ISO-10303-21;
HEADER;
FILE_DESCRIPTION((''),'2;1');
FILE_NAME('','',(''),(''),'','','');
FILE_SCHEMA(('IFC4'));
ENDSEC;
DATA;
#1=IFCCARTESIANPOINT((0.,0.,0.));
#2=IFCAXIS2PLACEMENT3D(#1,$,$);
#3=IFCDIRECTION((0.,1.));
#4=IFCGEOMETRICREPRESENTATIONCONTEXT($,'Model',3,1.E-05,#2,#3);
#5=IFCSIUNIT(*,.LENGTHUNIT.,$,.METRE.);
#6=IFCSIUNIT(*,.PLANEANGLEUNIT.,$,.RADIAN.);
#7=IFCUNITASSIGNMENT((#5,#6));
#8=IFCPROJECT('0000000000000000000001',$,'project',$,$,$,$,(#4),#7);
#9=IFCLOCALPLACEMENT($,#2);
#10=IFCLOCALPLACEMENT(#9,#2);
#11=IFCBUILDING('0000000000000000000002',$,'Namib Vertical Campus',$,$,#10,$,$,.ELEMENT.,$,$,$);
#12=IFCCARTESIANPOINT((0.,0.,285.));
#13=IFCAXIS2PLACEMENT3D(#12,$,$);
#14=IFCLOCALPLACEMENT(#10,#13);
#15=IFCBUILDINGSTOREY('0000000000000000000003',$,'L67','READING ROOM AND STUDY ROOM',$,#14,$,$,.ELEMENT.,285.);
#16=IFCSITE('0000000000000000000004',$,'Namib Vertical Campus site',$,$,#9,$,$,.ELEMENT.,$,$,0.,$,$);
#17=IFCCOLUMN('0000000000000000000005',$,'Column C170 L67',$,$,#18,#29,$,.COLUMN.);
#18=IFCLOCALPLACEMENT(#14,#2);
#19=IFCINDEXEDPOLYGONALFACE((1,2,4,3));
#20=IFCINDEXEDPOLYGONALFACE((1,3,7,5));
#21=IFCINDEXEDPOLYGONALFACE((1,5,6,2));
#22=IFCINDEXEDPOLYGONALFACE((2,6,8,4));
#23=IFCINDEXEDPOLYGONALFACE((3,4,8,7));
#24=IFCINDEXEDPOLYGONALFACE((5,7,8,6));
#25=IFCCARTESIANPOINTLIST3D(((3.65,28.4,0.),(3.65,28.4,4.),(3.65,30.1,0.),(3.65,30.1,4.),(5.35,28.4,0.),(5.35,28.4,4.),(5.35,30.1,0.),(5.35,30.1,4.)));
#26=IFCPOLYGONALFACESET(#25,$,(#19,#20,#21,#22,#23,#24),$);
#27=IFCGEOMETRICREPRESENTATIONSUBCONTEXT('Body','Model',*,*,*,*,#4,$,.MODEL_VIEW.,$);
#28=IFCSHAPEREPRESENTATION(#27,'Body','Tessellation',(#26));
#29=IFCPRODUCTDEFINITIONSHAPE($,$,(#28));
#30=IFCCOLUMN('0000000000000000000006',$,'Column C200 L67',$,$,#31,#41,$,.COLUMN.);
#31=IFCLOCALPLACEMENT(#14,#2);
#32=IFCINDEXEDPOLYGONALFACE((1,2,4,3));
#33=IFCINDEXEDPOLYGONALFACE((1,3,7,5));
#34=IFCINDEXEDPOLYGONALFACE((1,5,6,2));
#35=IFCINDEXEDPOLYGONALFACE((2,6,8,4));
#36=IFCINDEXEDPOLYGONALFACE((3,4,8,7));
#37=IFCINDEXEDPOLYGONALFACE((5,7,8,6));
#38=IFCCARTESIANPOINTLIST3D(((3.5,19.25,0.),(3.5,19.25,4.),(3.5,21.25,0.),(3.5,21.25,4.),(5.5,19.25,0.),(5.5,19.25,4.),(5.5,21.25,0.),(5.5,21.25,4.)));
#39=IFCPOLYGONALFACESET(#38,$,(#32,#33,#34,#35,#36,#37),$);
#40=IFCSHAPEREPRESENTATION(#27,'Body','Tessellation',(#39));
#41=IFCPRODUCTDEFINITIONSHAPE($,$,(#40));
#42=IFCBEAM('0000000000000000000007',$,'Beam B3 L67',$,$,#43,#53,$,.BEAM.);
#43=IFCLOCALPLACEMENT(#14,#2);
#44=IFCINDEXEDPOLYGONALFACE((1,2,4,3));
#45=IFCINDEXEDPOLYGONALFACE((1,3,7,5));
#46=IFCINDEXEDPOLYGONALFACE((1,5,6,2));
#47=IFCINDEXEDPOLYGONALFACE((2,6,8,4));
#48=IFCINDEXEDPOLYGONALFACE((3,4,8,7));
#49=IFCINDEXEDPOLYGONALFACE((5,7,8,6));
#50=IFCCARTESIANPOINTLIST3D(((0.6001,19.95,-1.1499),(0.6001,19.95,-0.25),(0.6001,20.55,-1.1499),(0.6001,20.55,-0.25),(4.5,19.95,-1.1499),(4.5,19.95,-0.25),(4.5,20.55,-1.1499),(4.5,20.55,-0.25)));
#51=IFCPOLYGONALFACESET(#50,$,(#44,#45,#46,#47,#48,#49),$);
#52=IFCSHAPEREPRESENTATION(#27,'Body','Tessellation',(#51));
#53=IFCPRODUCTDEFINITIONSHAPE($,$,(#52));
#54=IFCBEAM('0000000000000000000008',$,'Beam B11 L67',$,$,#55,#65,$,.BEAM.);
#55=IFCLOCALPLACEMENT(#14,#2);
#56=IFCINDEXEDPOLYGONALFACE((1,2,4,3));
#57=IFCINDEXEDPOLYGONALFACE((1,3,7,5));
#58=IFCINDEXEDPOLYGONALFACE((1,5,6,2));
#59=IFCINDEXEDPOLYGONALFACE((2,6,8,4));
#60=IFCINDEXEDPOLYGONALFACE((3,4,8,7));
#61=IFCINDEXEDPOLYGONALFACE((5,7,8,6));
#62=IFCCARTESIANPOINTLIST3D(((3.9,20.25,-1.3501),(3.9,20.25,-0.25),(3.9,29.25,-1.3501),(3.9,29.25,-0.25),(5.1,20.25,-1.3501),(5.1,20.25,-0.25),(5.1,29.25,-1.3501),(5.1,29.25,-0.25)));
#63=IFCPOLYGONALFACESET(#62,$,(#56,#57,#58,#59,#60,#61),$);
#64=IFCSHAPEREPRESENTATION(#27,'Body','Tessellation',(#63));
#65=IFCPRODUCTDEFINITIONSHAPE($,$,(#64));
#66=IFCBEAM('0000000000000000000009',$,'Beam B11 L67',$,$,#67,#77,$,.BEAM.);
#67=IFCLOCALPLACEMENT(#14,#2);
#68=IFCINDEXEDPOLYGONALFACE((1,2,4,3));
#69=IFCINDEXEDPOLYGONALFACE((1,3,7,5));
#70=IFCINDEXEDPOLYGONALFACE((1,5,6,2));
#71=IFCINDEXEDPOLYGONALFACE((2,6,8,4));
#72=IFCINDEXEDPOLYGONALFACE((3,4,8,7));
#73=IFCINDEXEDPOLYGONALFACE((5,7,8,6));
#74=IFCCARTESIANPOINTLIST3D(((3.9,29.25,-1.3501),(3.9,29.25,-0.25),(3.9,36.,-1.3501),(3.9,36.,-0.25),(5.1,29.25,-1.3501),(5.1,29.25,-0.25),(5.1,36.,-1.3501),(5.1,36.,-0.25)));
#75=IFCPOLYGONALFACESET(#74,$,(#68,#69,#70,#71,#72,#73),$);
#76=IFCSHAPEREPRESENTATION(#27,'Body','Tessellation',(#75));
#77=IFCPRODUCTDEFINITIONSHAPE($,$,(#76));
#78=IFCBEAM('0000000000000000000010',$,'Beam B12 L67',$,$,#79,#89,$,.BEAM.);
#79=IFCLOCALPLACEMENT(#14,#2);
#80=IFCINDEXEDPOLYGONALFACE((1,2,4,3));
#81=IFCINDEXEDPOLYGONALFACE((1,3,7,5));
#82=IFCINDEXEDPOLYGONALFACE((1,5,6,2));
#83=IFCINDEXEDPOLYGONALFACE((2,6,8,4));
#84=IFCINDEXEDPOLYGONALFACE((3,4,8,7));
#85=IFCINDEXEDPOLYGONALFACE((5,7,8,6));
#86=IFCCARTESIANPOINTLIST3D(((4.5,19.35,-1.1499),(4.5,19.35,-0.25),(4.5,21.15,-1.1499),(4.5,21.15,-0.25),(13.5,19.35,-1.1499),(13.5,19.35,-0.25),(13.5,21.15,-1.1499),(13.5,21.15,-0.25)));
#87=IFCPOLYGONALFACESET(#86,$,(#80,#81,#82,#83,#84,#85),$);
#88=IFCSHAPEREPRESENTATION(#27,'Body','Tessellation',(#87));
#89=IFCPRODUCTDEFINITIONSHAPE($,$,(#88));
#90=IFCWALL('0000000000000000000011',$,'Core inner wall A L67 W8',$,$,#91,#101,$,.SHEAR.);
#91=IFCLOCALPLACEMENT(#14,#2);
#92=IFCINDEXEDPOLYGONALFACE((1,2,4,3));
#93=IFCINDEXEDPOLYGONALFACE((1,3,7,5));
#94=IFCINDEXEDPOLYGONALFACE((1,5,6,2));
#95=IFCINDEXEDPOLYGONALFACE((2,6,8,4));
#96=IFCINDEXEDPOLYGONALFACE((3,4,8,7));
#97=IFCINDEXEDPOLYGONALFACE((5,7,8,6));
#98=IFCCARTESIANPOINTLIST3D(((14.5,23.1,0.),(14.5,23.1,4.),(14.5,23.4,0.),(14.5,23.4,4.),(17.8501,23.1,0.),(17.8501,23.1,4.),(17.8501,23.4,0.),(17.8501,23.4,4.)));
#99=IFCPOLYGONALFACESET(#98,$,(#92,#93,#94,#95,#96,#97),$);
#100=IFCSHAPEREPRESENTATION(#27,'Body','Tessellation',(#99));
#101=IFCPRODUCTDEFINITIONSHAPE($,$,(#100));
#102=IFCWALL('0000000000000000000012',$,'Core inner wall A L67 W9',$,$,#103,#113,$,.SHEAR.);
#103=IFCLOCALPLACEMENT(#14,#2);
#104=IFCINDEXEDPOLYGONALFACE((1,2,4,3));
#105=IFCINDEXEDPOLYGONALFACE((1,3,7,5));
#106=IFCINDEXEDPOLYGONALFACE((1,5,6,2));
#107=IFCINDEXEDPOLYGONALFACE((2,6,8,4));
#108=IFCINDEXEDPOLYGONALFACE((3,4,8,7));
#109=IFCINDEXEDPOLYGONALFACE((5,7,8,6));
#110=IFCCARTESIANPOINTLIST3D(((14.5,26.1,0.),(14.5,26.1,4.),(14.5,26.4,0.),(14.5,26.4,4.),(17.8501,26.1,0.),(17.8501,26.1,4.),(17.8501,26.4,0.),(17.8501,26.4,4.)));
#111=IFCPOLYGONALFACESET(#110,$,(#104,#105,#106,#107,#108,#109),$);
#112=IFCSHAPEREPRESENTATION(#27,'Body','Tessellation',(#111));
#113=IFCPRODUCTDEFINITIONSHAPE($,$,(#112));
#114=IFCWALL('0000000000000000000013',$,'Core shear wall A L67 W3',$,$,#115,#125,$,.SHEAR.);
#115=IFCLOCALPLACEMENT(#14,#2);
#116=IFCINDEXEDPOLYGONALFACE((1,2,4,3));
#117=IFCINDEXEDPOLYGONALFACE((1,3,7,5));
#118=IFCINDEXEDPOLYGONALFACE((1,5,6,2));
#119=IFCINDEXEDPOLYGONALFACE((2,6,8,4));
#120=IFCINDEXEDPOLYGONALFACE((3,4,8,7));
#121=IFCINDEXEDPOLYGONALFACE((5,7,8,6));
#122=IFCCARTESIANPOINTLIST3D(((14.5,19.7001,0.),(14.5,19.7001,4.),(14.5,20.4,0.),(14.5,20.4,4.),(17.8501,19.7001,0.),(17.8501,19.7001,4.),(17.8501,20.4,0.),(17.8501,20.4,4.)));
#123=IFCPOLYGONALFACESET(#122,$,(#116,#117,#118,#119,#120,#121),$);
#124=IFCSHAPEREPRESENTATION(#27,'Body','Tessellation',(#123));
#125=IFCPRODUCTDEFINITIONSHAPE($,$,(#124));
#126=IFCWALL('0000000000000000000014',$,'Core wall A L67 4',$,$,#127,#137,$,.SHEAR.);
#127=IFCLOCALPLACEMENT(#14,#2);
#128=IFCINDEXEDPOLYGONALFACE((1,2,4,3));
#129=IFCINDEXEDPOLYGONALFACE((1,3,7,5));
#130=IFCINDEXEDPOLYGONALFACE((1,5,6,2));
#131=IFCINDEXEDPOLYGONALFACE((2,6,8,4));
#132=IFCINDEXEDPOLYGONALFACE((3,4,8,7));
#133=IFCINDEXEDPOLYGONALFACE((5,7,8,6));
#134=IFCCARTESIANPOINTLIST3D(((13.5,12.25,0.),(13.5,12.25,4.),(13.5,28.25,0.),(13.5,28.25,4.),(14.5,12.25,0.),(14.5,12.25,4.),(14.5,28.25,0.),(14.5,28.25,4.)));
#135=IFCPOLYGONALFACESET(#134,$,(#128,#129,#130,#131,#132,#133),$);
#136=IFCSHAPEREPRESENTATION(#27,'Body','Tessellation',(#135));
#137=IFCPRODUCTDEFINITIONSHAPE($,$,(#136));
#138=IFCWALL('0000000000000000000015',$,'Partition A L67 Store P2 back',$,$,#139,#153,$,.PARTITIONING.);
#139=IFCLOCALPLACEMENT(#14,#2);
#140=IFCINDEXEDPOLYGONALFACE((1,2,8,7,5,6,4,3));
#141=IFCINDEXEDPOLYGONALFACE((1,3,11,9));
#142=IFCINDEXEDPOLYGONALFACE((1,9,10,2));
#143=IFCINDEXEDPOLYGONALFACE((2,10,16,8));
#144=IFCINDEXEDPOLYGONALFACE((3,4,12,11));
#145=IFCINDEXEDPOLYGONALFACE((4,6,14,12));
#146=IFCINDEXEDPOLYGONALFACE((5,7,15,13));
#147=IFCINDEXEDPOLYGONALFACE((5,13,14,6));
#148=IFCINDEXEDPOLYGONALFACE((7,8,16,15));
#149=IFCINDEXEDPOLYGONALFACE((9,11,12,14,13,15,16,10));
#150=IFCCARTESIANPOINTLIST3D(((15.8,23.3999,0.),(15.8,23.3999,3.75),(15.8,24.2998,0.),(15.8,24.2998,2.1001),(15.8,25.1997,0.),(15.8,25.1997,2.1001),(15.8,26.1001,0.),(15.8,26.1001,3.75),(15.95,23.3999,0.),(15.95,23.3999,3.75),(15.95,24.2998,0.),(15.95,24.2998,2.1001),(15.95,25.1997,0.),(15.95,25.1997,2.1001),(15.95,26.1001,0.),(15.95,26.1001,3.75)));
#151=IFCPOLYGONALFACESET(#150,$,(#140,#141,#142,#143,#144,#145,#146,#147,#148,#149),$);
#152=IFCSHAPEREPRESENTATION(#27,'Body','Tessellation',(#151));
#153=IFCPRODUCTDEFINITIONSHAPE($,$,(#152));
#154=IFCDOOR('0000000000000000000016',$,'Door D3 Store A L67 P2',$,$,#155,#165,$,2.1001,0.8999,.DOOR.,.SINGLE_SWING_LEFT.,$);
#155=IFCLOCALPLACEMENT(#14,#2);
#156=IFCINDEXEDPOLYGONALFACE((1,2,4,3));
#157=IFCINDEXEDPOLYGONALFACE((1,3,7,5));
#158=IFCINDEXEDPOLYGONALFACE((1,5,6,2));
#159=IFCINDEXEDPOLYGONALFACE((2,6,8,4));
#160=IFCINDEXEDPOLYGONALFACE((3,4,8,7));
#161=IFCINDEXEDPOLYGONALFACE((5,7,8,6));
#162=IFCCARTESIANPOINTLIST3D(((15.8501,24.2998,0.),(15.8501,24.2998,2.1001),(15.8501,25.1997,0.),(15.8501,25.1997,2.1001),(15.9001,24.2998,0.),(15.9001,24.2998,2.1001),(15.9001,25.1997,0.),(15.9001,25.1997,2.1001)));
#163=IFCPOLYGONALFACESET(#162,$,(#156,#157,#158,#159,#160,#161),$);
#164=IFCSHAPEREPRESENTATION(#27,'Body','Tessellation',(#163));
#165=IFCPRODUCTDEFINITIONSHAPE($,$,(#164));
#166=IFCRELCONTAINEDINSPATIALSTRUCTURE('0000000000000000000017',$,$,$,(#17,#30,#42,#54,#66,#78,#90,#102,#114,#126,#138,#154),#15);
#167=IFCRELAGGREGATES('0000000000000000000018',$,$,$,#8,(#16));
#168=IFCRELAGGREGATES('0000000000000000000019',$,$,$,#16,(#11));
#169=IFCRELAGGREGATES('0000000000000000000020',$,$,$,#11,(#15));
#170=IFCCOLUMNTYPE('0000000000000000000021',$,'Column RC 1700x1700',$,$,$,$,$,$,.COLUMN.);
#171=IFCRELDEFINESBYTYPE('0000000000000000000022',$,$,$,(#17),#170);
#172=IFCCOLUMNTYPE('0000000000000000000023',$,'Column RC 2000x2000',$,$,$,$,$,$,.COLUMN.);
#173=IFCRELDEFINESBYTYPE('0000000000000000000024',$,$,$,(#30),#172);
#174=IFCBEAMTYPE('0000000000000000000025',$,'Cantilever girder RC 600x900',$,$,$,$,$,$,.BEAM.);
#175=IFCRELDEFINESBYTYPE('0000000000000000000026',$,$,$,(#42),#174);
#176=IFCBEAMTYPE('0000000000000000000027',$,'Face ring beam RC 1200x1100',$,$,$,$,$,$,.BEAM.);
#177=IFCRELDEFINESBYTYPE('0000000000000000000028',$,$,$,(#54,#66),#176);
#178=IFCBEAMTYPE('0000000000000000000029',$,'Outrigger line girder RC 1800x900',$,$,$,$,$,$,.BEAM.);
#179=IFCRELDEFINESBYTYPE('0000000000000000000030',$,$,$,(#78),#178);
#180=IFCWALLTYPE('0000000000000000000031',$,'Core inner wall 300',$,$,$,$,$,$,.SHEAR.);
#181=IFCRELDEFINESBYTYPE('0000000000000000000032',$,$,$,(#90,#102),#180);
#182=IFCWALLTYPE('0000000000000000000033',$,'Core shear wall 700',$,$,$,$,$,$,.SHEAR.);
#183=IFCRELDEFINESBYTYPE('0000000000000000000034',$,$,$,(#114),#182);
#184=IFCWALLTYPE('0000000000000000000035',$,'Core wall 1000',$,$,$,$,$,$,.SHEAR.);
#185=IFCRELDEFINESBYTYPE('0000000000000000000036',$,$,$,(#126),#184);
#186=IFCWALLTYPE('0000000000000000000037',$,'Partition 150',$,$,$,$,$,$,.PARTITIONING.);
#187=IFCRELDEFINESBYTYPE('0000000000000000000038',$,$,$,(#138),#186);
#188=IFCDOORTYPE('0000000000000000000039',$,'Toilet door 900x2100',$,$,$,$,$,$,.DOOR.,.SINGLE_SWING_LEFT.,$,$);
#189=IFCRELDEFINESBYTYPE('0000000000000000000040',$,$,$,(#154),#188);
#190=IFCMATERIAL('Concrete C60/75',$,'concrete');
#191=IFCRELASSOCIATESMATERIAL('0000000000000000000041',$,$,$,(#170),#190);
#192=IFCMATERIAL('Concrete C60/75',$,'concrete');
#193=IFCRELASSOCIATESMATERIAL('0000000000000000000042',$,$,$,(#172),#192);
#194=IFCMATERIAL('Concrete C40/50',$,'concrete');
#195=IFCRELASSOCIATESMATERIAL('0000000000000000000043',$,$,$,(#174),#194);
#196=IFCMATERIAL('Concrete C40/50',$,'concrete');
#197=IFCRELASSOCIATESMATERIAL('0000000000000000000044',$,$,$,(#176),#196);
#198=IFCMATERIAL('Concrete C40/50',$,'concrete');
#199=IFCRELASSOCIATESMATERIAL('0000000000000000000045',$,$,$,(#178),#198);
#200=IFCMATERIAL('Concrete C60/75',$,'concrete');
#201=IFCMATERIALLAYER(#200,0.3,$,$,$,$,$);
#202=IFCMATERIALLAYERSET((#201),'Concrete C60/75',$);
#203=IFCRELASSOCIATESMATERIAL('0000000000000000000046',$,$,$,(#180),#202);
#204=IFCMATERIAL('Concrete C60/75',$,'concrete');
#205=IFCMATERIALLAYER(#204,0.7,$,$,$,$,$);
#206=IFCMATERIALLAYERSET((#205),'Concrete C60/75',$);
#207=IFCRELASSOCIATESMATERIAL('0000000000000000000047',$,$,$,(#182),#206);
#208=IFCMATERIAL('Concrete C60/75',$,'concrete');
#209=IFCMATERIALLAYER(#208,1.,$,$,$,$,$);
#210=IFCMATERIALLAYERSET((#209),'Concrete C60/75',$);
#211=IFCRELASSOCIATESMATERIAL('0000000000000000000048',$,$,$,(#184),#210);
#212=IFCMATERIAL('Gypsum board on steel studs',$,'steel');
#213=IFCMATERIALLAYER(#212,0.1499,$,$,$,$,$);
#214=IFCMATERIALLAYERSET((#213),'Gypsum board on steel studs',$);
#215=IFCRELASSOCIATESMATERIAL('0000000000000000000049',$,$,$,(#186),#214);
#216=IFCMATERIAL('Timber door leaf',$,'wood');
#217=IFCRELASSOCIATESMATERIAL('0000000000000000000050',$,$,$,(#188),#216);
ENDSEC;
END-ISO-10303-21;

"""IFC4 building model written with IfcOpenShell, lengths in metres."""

from ifc_helpers import new_model, si_unit, direction, frame, frame_2d, origin, origin_2d, place, context, subcontext, project, spatial, rectangle, extrude, material, layer, layer_set, material_profile, profile_set, type_object, element, fill, save


model = new_model("IFC4")

# Units and contexts
model_context = context("Model", 3, precision=1e-05, world=origin(), true_north=direction((0.0, 1.0)))
body_context = subcontext(model_context, "Body", "Model", "MODEL_VIEW")
ifc_project = project(units=[si_unit("LENGTHUNIT", "METRE"), si_unit("PLANEANGLEUNIT", "RADIAN")], contexts=[model_context])

# Site, building, storey
site_placement = place(None, origin())
site = spatial("IfcSite", under=ifc_project, at=site_placement, Name="Namib Vertical Campus site", CompositionType="ELEMENT", RefElevation=0.0)
building_placement = place(site_placement, origin())
building = spatial("IfcBuilding", under=site, at=building_placement, Name="Namib Vertical Campus", CompositionType="ELEMENT")
storey_placement = place(building_placement, frame((0.0, 0.0, 285.0)))
storey = spatial("IfcBuildingStorey", under=building, at=storey_placement, Name="L67", Description="READING ROOM AND STUDY ROOM", CompositionType="ELEMENT", Elevation=285.0)

# Columns
ifc_material_1 = material(Name="Concrete C60/75", Category="concrete")
ifc_material_profile_1 = material_profile(ifc_material_1, rectangle(XDim=1.7, YDim=1.7, at=origin_2d()))
ifc_profile_set_1 = profile_set([ifc_material_profile_1], Name="Concrete C60/75")
column_type_1 = type_object("IfcColumnType", Name="Column RC 1700x1700", PredefinedType="COLUMN", material=ifc_profile_set_1)
column_1_placement = place(storey_placement, frame((4.5, 29.25, 0.0), z_axis=(0.0, 0.0, 1.0), x_axis=(1.0, 0.0, 0.0)))
element("IfcColumn", 1, at=column_1_placement, inside=storey, type_object=column_type_1, Name="Column C170 L67", PredefinedType="COLUMN", context=body_context, shape_type="SweptSolid", body=[
    extrude(rectangle(XDim=1.7, YDim=1.7, at=origin_2d()), origin(), (0.0, 0.0, 1.0), 4.0),
])
ifc_material_2 = material(Name="Concrete C60/75", Category="concrete")
ifc_material_profile_2 = material_profile(ifc_material_2, rectangle(XDim=2.0, YDim=2.0, at=origin_2d()))
ifc_profile_set_2 = profile_set([ifc_material_profile_2], Name="Concrete C60/75")
column_type_2 = type_object("IfcColumnType", Name="Column RC 2000x2000", PredefinedType="COLUMN", material=ifc_profile_set_2)
column_2_placement = place(storey_placement, frame((4.5, 20.25, 0.0), z_axis=(0.0, 0.0, 1.0), x_axis=(1.0, 0.0, 0.0)))
element("IfcColumn", 2, at=column_2_placement, inside=storey, type_object=column_type_2, Name="Column C200 L67", PredefinedType="COLUMN", context=body_context, shape_type="SweptSolid", body=[
    extrude(rectangle(XDim=2.0, YDim=2.0, at=origin_2d()), origin(), (0.0, 0.0, 1.0), 4.0),
])

# Beams
ifc_material_3 = material(Name="Concrete C40/50", Category="concrete")
ifc_material_profile_3 = material_profile(ifc_material_3, rectangle(XDim=0.6001, YDim=0.8999, at=origin_2d()))
ifc_profile_set_3 = profile_set([ifc_material_profile_3], Name="Concrete C40/50")
beam_type_1 = type_object("IfcBeamType", Name="Cantilever girder RC 600x900", PredefinedType="BEAM", material=ifc_profile_set_3)
beam_1_placement = place(storey_placement, frame((4.5, 20.25, -0.7), z_axis=(-1.0, 0.0, 0.0), x_axis=(0.0, -1.0, 0.0)))
element("IfcBeam", 3, at=beam_1_placement, inside=storey, type_object=beam_type_1, Name="Beam B3 L67", PredefinedType="BEAM", context=body_context, shape_type="SweptSolid", body=[
    extrude(rectangle(XDim=0.6001, YDim=0.8999, at=origin_2d()), origin(), (0.0, 0.0, 1.0), 3.8999),
])
ifc_material_4 = material(Name="Concrete C40/50", Category="concrete")
ifc_material_profile_4 = material_profile(ifc_material_4, rectangle(XDim=1.2, YDim=1.1001, at=origin_2d()))
ifc_profile_set_4 = profile_set([ifc_material_profile_4], Name="Concrete C40/50")
beam_type_2 = type_object("IfcBeamType", Name="Face ring beam RC 1200x1100", PredefinedType="BEAM", material=ifc_profile_set_4)
beam_2_placement = place(storey_placement, frame((4.5, 20.25, -0.8), z_axis=(0.0, 1.0, 0.0), x_axis=(-1.0, 0.0, 0.0)))
element("IfcBeam", 4, at=beam_2_placement, inside=storey, type_object=beam_type_2, Name="Beam B11 L67", PredefinedType="BEAM", context=body_context, shape_type="SweptSolid", body=[
    extrude(rectangle(XDim=1.2, YDim=1.1001, at=origin_2d()), origin(), (0.0, 0.0, 1.0), 9.0),
])
beam_3_placement = place(storey_placement, frame((4.5, 29.25, -0.8), z_axis=(0.0, 1.0, 0.0), x_axis=(-1.0, 0.0, 0.0)))
element("IfcBeam", 5, at=beam_3_placement, inside=storey, type_object=beam_type_2, Name="Beam B11 L67", PredefinedType="BEAM", context=body_context, shape_type="SweptSolid", body=[
    extrude(rectangle(XDim=1.2, YDim=1.1001, at=origin_2d()), origin(), (0.0, 0.0, 1.0), 6.75),
])
ifc_material_5 = material(Name="Concrete C40/50", Category="concrete")
ifc_material_profile_5 = material_profile(ifc_material_5, rectangle(XDim=1.8, YDim=0.8999, at=origin_2d()))
ifc_profile_set_5 = profile_set([ifc_material_profile_5], Name="Concrete C40/50")
beam_type_3 = type_object("IfcBeamType", Name="Outrigger line girder RC 1800x900", PredefinedType="BEAM", material=ifc_profile_set_5)
beam_4_placement = place(storey_placement, frame((4.5, 20.25, -0.7), z_axis=(1.0, 0.0, 0.0), x_axis=(0.0, 1.0, 0.0)))
element("IfcBeam", 6, at=beam_4_placement, inside=storey, type_object=beam_type_3, Name="Beam B12 L67", PredefinedType="BEAM", context=body_context, shape_type="SweptSolid", body=[
    extrude(rectangle(XDim=1.8, YDim=0.8999, at=origin_2d()), origin(), (0.0, 0.0, 1.0), 9.0),
])

# Walls
ifc_material_6 = material(Name="Concrete C60/75", Category="concrete")
ifc_layer_1 = layer(ifc_material_6, 0.3)
ifc_layer_set_1 = layer_set([ifc_layer_1], Name="Concrete C60/75")
wall_type_1 = type_object("IfcWallType", Name="Core inner wall 300", PredefinedType="SHEAR", material=ifc_layer_set_1)
for number, where, z_axis, x_axis, name in (
    (7, (14.5, 23.25, 0.0), (0.0, 0.0, 1.0), (1.0, 0.0, 0.0), "Core inner wall A L67 W8"),
    (8, (14.5, 26.25, 0.0), (0.0, 0.0, 1.0), (1.0, 0.0, 0.0), "Core inner wall A L67 W9"),
):
    element("IfcWall", number, at=place(storey_placement, frame(where, z_axis=z_axis, x_axis=x_axis)), inside=storey, type_object=wall_type_1, Name=name, PredefinedType="SHEAR", context=body_context, shape_type="SweptSolid", body=[
        extrude(rectangle(XDim=3.3501, YDim=0.3, at=frame_2d((1.675, 0.0))), origin(), (0.0, 0.0, 1.0), 4.0),
    ])
ifc_material_7 = material(Name="Concrete C60/75", Category="concrete")
ifc_layer_2 = layer(ifc_material_7, 0.7)
ifc_layer_set_2 = layer_set([ifc_layer_2], Name="Concrete C60/75")
wall_type_2 = type_object("IfcWallType", Name="Core shear wall 700", PredefinedType="SHEAR", material=ifc_layer_set_2)
wall_1_placement = place(storey_placement, frame((14.5, 20.05, 0.0), z_axis=(0.0, 0.0, 1.0), x_axis=(1.0, 0.0, 0.0)))
element("IfcWall", 9, at=wall_1_placement, inside=storey, type_object=wall_type_2, Name="Core shear wall A L67 W3", PredefinedType="SHEAR", context=body_context, shape_type="SweptSolid", body=[
    extrude(rectangle(XDim=3.3501, YDim=0.7, at=frame_2d((1.675, 0.0))), origin(), (0.0, 0.0, 1.0), 4.0),
])
ifc_material_8 = material(Name="Concrete C60/75", Category="concrete")
ifc_layer_3 = layer(ifc_material_8, 1.0)
ifc_layer_set_3 = layer_set([ifc_layer_3], Name="Concrete C60/75")
wall_type_3 = type_object("IfcWallType", Name="Core wall 1000", PredefinedType="SHEAR", material=ifc_layer_set_3)
wall_2_placement = place(storey_placement, frame((14.0, 28.25, 0.0), z_axis=(0.0, 0.0, 1.0), x_axis=(0.0, -1.0, 0.0)))
element("IfcWall", 10, at=wall_2_placement, inside=storey, type_object=wall_type_3, Name="Core wall A L67 4", PredefinedType="SHEAR", context=body_context, shape_type="SweptSolid", body=[
    extrude(rectangle(XDim=16.0, YDim=1.0, at=frame_2d((8.0, 0.0))), origin(), (0.0, 0.0, 1.0), 4.0),
])

# Wall, opening, door
ifc_material_9 = material(Name="Gypsum board on steel studs", Category="steel")
ifc_layer_4 = layer(ifc_material_9, 0.1499)
ifc_layer_set_4 = layer_set([ifc_layer_4], Name="Gypsum board on steel studs")
wall_type_4 = type_object("IfcWallType", Name="Partition 150", PredefinedType="PARTITIONING", material=ifc_layer_set_4)
wall_3_placement = place(storey_placement, frame((15.875, 23.3999, 0.0), z_axis=(0.0, 0.0, 1.0), x_axis=(0.0, 1.0, 0.0)))
wall_3 = element("IfcWall", 11, at=wall_3_placement, inside=storey, type_object=wall_type_4, Name="Partition A L67 Store P2 back", PredefinedType="PARTITIONING", context=body_context, shape_type="SweptSolid", body=[
    extrude(rectangle(XDim=2.7002, YDim=0.1499, at=frame_2d((1.3501, 0.0))), origin(), (0.0, 0.0, 1.0), 3.75),
])
opening_placement = place(wall_3_placement, frame((0.8999, 0.0, 0.0)))
opening = element("IfcOpeningElement", 12, at=opening_placement, cuts=wall_3, PredefinedType="OPENING", context=body_context, shape_type="SweptSolid", body=[
    extrude(rectangle(XDim=0.8999, YDim=2.1001, at=frame_2d((0.45, 1.05))), frame((0.0, 0.085, 0.0), z_axis=(0.0, -1.0, 0.0), x_axis=(1.0, 0.0, 0.0)), (0.0, 0.0, 1.0), 0.1699),
])
ifc_material_10 = material(Name="Timber door leaf", Category="wood")
door_type = type_object("IfcDoorType", Name="Toilet door 900x2100", OperationType="SINGLE_SWING_LEFT", PredefinedType="DOOR", material=ifc_material_10)
door_placement = place(opening_placement, origin())
door = element("IfcDoor", 13, at=door_placement, inside=storey, type_object=door_type, Name="Door D3 Store A L67 P2", OperationType="SINGLE_SWING_LEFT", OverallHeight=2.1001, OverallWidth=0.8999, PredefinedType="DOOR", context=body_context, shape_type="SweptSolid", body=[
    extrude(rectangle(XDim=0.8999, YDim=2.1001, at=frame_2d((0.45, 1.05))), frame((0.0, 0.0249, 0.0), z_axis=(0.0, -1.0, 0.0), x_axis=(1.0, 0.0, 0.0)), (0.0, 0.0, 1.0), 0.05),
])
fill(opening, door)

save(model, "model.ifc")
